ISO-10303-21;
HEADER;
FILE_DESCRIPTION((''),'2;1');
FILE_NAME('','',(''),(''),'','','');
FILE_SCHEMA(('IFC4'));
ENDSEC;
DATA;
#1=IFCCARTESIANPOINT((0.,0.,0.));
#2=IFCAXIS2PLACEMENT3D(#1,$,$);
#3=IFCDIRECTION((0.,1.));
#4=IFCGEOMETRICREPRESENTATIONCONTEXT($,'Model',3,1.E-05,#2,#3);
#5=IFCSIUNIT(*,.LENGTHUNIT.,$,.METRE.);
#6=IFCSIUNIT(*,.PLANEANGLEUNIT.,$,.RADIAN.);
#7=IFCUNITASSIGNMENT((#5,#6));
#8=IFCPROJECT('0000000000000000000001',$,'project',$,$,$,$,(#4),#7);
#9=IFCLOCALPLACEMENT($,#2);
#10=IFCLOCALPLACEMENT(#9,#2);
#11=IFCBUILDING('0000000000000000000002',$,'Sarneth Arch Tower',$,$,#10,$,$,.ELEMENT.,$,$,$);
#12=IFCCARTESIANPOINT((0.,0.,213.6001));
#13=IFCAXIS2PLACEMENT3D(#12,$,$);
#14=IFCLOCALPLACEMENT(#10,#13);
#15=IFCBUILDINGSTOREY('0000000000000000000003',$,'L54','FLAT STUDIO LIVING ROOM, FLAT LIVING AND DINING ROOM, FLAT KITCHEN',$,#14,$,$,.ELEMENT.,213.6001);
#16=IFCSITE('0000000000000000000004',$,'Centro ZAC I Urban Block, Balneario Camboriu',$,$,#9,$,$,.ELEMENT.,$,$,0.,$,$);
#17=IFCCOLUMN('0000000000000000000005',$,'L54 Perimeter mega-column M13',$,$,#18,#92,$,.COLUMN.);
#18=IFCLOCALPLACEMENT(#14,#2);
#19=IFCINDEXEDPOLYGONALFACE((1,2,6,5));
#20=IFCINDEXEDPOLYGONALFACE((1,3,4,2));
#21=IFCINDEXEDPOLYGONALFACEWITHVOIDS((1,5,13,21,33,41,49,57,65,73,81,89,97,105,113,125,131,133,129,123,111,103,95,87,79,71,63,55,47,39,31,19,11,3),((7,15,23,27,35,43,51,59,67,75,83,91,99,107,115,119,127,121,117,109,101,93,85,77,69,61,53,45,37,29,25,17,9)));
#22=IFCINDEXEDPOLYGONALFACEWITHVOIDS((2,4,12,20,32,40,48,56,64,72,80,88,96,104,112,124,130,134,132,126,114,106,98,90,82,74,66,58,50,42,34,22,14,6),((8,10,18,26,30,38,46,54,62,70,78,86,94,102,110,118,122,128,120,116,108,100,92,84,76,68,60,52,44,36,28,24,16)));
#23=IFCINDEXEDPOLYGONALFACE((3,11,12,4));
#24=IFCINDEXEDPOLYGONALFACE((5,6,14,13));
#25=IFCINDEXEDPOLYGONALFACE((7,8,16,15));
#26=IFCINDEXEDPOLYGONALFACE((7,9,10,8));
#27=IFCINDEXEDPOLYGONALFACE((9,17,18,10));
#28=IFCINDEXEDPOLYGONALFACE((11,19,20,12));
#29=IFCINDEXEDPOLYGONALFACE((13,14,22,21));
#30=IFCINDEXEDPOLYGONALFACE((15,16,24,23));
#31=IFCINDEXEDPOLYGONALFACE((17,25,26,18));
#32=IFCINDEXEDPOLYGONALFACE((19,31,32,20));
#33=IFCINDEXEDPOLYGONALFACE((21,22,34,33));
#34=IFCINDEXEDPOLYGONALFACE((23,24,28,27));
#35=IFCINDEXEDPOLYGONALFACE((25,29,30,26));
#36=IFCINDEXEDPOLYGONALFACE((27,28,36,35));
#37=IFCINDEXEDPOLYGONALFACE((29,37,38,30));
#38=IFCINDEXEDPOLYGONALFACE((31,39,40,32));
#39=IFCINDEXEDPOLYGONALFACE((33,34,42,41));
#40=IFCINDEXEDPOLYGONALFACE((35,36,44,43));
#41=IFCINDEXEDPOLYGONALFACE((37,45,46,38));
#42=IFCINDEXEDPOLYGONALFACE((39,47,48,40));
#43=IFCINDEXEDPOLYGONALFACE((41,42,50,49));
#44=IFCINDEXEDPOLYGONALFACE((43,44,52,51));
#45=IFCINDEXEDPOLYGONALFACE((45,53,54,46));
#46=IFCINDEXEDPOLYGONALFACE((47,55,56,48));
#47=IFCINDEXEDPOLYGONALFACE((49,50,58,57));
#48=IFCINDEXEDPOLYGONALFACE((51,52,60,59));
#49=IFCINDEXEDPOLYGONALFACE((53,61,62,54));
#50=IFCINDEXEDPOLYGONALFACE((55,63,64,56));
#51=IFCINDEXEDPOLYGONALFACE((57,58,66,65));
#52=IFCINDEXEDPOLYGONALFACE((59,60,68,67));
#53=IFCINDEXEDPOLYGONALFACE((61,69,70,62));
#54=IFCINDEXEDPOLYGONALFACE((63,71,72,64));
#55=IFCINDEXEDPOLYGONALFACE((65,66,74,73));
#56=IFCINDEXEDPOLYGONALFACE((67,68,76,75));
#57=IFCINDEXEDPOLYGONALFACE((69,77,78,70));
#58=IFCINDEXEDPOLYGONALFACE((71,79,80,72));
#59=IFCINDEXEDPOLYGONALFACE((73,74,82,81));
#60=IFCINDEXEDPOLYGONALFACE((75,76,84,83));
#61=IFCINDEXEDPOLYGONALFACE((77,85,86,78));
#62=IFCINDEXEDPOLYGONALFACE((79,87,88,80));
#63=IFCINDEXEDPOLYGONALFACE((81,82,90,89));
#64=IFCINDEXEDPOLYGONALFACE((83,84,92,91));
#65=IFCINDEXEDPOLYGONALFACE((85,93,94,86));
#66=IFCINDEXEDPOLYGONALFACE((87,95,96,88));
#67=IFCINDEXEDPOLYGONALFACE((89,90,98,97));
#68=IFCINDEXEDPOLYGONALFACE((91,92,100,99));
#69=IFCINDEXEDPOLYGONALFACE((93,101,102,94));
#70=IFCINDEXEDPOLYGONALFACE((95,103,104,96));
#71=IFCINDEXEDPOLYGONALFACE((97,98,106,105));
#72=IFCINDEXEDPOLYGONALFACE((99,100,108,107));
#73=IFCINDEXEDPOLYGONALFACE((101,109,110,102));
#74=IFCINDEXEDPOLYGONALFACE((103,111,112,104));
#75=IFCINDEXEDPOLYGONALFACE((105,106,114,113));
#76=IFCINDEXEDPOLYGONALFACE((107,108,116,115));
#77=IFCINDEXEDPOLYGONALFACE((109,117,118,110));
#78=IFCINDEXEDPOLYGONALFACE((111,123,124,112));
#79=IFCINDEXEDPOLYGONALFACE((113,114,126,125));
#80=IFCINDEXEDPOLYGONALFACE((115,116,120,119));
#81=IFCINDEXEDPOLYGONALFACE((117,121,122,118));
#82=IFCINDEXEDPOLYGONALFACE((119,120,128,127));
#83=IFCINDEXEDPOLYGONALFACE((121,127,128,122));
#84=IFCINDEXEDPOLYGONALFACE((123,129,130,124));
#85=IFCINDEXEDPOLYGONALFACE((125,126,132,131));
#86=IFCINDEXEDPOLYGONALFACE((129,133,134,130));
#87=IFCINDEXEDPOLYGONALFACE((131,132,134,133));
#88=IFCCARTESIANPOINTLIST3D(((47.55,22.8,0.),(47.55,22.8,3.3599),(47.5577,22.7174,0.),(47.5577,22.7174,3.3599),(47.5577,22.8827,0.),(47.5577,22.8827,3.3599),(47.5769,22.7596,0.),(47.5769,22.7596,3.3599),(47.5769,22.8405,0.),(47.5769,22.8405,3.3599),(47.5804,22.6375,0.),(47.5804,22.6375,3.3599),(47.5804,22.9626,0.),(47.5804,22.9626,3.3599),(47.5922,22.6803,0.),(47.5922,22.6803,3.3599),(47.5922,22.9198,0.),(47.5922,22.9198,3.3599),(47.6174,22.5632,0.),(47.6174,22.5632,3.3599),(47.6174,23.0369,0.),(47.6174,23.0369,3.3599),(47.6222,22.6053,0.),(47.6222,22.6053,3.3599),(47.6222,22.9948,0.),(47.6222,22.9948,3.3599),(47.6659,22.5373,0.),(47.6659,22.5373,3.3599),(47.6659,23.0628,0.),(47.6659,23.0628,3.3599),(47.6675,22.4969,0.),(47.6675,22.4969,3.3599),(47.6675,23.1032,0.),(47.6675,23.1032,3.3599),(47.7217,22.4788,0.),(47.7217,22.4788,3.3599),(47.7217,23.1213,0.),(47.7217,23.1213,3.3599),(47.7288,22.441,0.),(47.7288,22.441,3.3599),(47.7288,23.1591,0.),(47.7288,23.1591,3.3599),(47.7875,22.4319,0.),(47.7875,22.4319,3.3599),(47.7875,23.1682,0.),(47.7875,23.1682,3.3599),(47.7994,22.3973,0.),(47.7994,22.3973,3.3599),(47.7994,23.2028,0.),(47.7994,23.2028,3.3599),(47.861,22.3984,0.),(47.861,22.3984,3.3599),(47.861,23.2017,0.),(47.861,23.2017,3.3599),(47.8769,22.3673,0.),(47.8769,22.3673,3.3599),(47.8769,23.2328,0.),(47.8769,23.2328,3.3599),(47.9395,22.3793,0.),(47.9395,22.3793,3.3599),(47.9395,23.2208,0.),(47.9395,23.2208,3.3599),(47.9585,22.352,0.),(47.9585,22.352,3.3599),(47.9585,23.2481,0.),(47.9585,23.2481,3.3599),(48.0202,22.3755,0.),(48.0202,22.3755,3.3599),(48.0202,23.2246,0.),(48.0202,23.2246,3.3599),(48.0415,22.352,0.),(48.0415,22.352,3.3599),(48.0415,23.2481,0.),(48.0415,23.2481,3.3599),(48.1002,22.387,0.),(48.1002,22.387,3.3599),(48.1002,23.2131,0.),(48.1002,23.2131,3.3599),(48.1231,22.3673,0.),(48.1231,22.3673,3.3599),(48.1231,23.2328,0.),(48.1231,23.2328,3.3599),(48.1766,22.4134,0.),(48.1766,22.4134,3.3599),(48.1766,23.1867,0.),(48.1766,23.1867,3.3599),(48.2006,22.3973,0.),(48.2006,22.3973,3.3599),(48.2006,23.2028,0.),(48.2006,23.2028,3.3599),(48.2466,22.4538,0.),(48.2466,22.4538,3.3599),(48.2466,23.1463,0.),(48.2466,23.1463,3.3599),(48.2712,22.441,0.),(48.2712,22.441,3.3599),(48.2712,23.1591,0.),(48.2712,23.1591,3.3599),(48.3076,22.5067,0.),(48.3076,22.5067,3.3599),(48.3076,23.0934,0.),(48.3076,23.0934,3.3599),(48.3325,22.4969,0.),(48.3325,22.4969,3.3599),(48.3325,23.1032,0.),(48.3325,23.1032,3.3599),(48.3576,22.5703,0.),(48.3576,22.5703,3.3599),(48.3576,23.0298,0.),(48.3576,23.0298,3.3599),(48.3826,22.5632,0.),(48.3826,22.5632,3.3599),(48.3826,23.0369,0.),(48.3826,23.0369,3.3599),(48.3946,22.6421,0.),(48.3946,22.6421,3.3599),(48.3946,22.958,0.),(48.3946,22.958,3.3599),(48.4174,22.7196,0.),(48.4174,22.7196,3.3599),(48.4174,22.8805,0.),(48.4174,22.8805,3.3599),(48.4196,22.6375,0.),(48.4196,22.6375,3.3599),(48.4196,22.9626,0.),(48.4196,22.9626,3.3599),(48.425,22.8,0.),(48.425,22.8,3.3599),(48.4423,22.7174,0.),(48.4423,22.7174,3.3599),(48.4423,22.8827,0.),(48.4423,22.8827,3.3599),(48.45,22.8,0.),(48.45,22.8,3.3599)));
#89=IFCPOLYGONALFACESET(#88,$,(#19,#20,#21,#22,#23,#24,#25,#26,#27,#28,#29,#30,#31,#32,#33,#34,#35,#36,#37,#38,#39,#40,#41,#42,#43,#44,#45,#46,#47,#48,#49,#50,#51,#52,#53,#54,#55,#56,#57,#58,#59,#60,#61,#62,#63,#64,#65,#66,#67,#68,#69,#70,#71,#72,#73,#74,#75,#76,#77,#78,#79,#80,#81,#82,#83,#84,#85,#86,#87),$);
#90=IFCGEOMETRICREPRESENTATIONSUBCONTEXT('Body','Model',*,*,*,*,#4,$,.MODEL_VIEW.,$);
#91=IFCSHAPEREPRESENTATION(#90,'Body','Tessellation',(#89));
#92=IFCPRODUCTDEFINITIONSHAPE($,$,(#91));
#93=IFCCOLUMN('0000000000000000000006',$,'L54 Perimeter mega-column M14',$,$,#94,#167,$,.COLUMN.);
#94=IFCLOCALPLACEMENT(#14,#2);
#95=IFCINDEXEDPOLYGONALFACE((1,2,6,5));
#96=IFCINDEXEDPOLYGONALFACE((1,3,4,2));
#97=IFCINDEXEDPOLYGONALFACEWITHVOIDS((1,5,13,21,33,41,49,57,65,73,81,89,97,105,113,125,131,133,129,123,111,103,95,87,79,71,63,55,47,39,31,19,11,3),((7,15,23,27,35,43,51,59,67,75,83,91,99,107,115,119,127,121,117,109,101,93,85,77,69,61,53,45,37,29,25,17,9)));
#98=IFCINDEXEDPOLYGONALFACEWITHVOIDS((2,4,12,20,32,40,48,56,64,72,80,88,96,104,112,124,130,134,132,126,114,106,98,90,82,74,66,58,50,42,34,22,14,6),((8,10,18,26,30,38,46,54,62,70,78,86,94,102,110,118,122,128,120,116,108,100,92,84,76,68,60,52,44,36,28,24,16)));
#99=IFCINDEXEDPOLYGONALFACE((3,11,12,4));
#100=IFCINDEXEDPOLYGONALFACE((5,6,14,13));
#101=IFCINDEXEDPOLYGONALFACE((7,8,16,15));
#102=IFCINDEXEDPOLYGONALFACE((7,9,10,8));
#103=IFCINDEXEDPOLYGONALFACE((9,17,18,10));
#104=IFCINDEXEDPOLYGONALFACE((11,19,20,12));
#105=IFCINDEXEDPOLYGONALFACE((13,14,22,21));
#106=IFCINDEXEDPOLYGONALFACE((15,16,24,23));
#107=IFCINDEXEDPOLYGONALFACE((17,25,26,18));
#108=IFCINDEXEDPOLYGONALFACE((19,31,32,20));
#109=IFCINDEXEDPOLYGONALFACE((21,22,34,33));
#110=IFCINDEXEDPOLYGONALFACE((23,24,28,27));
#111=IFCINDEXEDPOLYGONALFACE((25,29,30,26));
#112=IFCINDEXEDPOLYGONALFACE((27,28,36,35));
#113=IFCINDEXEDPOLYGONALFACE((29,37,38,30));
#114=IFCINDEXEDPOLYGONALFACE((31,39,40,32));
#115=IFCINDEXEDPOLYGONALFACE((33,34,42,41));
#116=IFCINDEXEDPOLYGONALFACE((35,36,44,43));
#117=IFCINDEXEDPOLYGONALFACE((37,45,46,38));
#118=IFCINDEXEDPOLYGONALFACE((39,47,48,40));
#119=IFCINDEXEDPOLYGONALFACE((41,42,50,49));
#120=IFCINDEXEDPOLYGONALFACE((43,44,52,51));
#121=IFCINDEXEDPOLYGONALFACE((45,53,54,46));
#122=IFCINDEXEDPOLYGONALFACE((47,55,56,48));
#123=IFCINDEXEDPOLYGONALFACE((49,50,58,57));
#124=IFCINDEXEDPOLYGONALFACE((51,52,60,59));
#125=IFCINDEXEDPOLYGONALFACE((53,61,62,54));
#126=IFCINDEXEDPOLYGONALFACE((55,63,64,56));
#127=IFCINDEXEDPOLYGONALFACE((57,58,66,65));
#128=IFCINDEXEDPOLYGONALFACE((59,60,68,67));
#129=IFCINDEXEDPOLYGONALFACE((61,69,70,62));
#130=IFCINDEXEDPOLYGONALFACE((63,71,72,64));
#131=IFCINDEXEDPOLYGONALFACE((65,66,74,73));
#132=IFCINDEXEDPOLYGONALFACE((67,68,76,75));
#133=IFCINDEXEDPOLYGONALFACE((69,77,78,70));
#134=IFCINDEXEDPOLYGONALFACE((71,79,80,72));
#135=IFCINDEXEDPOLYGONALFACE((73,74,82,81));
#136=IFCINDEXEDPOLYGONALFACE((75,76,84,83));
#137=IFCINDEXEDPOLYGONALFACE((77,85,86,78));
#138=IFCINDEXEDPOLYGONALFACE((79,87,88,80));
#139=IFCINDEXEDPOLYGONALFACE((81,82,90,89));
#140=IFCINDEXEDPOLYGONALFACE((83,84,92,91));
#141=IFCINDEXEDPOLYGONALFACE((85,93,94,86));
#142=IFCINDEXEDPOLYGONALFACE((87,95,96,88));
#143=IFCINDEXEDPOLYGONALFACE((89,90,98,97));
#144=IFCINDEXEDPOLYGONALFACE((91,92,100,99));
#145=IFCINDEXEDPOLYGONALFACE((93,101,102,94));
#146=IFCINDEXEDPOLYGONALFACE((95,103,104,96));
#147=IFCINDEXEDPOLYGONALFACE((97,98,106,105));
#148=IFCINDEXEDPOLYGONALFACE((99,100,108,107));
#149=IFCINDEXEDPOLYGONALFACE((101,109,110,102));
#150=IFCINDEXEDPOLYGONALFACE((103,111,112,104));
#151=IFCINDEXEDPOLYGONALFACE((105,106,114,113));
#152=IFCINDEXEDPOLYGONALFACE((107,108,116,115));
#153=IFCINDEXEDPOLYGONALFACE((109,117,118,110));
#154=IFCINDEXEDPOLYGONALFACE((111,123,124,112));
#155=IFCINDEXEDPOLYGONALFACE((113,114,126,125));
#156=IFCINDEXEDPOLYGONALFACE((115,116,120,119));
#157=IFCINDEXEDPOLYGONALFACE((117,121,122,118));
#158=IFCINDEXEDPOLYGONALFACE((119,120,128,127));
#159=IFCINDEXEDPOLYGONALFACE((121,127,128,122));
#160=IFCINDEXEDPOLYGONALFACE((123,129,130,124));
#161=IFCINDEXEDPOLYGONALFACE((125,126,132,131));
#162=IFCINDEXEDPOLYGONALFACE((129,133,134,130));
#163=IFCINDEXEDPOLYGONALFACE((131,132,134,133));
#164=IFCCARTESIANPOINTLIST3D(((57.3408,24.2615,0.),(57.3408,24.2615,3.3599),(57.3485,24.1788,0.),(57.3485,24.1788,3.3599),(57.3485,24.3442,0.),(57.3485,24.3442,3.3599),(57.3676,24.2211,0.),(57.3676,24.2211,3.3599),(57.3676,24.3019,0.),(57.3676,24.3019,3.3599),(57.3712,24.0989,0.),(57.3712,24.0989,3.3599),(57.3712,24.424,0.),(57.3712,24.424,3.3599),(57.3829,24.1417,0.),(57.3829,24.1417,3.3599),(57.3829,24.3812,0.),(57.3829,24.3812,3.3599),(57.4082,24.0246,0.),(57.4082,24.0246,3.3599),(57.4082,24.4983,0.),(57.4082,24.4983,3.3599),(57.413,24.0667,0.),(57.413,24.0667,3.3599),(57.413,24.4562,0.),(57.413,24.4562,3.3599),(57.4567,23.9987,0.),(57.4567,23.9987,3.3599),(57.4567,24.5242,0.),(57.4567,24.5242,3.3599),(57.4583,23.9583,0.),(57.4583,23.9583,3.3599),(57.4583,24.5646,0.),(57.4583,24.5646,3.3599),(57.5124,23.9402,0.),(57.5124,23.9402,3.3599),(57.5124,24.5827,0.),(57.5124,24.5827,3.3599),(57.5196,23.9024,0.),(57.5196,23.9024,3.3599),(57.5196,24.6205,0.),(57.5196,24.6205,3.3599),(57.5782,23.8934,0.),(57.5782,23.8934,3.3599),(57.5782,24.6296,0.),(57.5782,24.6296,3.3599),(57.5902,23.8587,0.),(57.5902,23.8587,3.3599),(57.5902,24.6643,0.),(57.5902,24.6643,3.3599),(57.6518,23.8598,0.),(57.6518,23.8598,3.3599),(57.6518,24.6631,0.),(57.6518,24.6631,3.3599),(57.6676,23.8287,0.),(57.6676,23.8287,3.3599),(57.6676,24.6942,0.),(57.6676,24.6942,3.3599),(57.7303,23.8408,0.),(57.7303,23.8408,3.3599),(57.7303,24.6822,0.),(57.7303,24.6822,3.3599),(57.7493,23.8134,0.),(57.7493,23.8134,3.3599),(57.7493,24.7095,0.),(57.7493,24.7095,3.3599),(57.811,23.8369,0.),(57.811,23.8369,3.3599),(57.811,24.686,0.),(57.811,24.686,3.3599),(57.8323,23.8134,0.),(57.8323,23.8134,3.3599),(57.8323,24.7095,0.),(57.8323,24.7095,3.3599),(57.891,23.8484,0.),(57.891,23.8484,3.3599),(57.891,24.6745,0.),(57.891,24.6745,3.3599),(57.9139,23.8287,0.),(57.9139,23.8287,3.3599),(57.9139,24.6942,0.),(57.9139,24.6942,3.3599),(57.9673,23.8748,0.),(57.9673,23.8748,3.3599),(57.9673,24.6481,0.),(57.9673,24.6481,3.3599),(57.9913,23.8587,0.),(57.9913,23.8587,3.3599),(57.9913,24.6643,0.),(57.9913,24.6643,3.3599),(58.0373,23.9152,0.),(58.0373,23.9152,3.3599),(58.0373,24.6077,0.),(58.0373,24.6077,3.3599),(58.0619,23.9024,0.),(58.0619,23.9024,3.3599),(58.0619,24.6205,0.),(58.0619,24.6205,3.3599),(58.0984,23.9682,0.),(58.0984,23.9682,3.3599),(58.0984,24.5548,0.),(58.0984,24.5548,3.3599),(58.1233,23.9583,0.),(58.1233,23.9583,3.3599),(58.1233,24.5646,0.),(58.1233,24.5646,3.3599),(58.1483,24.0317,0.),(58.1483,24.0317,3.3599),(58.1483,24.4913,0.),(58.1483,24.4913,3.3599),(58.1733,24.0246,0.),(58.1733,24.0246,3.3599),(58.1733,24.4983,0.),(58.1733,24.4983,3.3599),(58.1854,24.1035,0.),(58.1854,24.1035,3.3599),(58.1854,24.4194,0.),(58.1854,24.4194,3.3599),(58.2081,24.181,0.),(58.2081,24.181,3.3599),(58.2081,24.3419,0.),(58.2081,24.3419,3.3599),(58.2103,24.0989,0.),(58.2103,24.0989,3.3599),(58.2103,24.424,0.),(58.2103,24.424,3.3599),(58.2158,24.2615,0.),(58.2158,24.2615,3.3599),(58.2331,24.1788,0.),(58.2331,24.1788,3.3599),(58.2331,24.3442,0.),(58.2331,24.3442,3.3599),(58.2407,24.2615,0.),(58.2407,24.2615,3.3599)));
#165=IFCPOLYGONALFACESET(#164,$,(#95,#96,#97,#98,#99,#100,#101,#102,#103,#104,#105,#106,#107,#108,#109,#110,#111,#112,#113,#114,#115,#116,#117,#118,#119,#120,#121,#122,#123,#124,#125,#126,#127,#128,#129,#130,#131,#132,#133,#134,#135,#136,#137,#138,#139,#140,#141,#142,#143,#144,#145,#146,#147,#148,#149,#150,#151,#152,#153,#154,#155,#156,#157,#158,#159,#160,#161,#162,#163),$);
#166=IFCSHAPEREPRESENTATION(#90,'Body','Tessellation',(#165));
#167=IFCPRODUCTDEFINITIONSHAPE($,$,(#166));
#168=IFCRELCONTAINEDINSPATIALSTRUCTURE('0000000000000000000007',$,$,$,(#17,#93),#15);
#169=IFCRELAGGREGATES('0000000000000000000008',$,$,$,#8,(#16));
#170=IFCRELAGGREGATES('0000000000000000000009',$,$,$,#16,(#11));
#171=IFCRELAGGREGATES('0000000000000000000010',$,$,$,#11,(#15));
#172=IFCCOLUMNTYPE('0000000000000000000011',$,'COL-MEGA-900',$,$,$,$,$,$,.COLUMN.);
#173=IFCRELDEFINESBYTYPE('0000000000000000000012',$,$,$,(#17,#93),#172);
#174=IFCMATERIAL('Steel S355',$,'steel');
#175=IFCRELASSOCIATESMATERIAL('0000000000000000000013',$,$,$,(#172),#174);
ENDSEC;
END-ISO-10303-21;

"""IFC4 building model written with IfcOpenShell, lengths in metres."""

from ifc_helpers import new_model, si_unit, direction, frame, origin, origin_2d, place, context, subcontext, project, spatial, hollow_circle, extrude, material, material_profile, profile_set, type_object, element, save


model = new_model("IFC4")

# Units and contexts
model_context = context("Model", 3, precision=1e-05, world=origin(), true_north=direction((0.0, 1.0)))
body_context = subcontext(model_context, "Body", "Model", "MODEL_VIEW")
ifc_project = project(units=[si_unit("LENGTHUNIT", "METRE"), si_unit("PLANEANGLEUNIT", "RADIAN")], contexts=[model_context])

# Site, building, storey
site_placement = place(None, origin())
site = spatial("IfcSite", under=ifc_project, at=site_placement, Name="Centro ZAC I Urban Block, Balneario Camboriu", CompositionType="ELEMENT", RefElevation=0.0)
building_placement = place(site_placement, origin())
building = spatial("IfcBuilding", under=site, at=building_placement, Name="Sarneth Arch Tower", CompositionType="ELEMENT")
storey_placement = place(building_placement, frame((0.0, 0.0, 213.6001)))
storey = spatial("IfcBuildingStorey", under=building, at=storey_placement, Name="L54", Description="FLAT STUDIO LIVING ROOM, FLAT LIVING AND DINING ROOM, FLAT KITCHEN", CompositionType="ELEMENT", Elevation=213.6001)

# Columns
ifc_material_1 = material(Name="Steel S355", Category="steel")
ifc_material_profile_1 = material_profile(ifc_material_1, hollow_circle(Radius=0.45, WallThickness=0.0249, at=origin_2d()), Name="CHS900x25")
ifc_profile_set_1 = profile_set([ifc_material_profile_1], Name="Steel S355")
column_type = type_object("IfcColumnType", Name="COL-MEGA-900", PredefinedType="COLUMN", material=ifc_profile_set_1)
for number, where, z_axis, x_axis, name in (
    (1, (48.0, 22.8, 0.0), (0.0, 0.0, 1.0), (1.0, 0.0, 0.0), "L54 Perimeter mega-column M13"),
    (2, (57.7908, 24.2615, 0.0), (0.0, 0.0, 1.0), (1.0, 0.0, 0.0), "L54 Perimeter mega-column M14"),
):
    element("IfcColumn", number, at=place(storey_placement, frame(where, z_axis=z_axis, x_axis=x_axis)), inside=storey, type_object=column_type, Name=name, PredefinedType="COLUMN", context=body_context, shape_type="SweptSolid", body=[
        extrude(hollow_circle(Radius=0.45, WallThickness=0.0249, at=origin_2d()), origin(), (0.0, 0.0, 1.0), 3.3599),
    ])

save(model, "model.ifc")
